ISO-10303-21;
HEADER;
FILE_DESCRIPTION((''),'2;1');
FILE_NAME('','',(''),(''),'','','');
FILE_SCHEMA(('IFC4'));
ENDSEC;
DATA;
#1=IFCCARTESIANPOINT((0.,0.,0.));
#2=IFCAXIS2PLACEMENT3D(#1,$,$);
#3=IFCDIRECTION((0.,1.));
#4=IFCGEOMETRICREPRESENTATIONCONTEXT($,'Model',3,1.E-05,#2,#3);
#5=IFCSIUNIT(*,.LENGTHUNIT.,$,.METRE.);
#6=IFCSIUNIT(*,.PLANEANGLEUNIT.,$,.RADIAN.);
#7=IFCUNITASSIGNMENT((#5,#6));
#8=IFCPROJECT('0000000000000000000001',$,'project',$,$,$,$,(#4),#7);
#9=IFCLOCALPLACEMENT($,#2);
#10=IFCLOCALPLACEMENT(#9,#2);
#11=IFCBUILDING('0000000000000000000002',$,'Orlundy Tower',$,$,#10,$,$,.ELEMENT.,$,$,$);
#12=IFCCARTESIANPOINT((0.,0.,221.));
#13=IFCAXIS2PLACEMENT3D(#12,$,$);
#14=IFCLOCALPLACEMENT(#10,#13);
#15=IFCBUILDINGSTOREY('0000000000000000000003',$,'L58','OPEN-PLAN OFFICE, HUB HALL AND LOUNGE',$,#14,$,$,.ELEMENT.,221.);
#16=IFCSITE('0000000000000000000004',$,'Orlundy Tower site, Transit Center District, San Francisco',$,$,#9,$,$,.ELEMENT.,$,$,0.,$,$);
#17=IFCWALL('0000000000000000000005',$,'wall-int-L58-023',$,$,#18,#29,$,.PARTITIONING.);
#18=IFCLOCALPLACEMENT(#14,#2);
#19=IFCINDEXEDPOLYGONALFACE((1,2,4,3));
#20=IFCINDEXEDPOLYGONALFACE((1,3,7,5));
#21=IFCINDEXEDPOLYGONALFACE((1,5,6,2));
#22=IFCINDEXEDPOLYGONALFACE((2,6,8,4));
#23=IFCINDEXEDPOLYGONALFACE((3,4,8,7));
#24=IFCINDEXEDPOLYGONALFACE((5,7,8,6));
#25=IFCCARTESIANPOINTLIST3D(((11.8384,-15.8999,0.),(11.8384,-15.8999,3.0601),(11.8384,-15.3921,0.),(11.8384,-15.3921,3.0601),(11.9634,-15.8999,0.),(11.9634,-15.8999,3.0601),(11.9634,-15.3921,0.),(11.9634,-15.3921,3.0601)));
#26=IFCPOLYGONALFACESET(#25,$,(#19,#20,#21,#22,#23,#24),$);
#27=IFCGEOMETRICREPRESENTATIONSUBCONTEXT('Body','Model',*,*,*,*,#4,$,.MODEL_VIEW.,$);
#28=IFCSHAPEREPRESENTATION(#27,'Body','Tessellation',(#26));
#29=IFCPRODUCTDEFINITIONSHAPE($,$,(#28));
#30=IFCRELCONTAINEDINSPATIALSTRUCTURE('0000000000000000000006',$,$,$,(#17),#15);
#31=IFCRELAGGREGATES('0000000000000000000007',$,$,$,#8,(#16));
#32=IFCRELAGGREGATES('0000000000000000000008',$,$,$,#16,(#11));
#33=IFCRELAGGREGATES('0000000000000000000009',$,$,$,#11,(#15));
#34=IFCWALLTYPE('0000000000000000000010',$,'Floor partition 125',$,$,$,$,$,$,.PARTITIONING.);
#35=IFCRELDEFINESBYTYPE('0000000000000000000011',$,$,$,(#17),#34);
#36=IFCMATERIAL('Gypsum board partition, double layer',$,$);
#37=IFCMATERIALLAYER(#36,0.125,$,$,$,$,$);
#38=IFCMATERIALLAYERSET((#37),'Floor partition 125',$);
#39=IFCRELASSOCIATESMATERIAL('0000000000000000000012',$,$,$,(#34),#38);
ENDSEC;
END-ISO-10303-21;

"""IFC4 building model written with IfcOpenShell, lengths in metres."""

from ifc_helpers import new_model, si_unit, direction, frame, frame_2d, origin, place, context, subcontext, project, spatial, rectangle, extrude, material, layer, layer_set, type_object, element, save


model = new_model("IFC4")

# Units and contexts
model_context = context("Model", 3, precision=1e-05, world=origin(), true_north=direction((0.0, 1.0)))
body_context = subcontext(model_context, "Body", "Model", "MODEL_VIEW")
ifc_project = project(units=[si_unit("LENGTHUNIT", "METRE"), si_unit("PLANEANGLEUNIT", "RADIAN")], contexts=[model_context])

# Site, building, storey
site_placement = place(None, origin())
site = spatial("IfcSite", under=ifc_project, at=site_placement, Name="Orlundy Tower site, Transit Center District, San Francisco", CompositionType="ELEMENT", RefElevation=0.0)
building_placement = place(site_placement, origin())
building = spatial("IfcBuilding", under=site, at=building_placement, Name="Orlundy Tower", CompositionType="ELEMENT")
storey_placement = place(building_placement, frame((0.0, 0.0, 221.0)))
storey = spatial("IfcBuildingStorey", under=building, at=storey_placement, Name="L58", Description="OPEN-PLAN OFFICE, HUB HALL AND LOUNGE", CompositionType="ELEMENT", Elevation=221.0)

# Shared definitions
ifc_material_1 = material(Name="Gypsum board partition, double layer")
ifc_layer_1 = layer(ifc_material_1, 0.125)
ifc_layer_set_1 = layer_set([ifc_layer_1], Name="Floor partition 125")
wall_type_1 = type_object("IfcWallType", Name="Floor partition 125", PredefinedType="PARTITIONING", material=ifc_layer_set_1)

# Wall
wall_1_placement = place(storey_placement, frame((11.9009, -15.8999, 0.0), z_axis=(0.0, 0.0, 1.0), x_axis=(0.0, 1.0, 0.0)))
element("IfcWall", 1, at=wall_1_placement, inside=storey, type_object=wall_type_1, Name="wall-int-L58-023", PredefinedType="PARTITIONING", context=body_context, shape_type="SweptSolid", body=[
    extrude(rectangle(XDim=0.5078, YDim=0.125, at=frame_2d((0.2539, 0.0))), origin(), (0.0, 0.0, 1.0), 3.0601),
])

save(model, "model.ifc")
